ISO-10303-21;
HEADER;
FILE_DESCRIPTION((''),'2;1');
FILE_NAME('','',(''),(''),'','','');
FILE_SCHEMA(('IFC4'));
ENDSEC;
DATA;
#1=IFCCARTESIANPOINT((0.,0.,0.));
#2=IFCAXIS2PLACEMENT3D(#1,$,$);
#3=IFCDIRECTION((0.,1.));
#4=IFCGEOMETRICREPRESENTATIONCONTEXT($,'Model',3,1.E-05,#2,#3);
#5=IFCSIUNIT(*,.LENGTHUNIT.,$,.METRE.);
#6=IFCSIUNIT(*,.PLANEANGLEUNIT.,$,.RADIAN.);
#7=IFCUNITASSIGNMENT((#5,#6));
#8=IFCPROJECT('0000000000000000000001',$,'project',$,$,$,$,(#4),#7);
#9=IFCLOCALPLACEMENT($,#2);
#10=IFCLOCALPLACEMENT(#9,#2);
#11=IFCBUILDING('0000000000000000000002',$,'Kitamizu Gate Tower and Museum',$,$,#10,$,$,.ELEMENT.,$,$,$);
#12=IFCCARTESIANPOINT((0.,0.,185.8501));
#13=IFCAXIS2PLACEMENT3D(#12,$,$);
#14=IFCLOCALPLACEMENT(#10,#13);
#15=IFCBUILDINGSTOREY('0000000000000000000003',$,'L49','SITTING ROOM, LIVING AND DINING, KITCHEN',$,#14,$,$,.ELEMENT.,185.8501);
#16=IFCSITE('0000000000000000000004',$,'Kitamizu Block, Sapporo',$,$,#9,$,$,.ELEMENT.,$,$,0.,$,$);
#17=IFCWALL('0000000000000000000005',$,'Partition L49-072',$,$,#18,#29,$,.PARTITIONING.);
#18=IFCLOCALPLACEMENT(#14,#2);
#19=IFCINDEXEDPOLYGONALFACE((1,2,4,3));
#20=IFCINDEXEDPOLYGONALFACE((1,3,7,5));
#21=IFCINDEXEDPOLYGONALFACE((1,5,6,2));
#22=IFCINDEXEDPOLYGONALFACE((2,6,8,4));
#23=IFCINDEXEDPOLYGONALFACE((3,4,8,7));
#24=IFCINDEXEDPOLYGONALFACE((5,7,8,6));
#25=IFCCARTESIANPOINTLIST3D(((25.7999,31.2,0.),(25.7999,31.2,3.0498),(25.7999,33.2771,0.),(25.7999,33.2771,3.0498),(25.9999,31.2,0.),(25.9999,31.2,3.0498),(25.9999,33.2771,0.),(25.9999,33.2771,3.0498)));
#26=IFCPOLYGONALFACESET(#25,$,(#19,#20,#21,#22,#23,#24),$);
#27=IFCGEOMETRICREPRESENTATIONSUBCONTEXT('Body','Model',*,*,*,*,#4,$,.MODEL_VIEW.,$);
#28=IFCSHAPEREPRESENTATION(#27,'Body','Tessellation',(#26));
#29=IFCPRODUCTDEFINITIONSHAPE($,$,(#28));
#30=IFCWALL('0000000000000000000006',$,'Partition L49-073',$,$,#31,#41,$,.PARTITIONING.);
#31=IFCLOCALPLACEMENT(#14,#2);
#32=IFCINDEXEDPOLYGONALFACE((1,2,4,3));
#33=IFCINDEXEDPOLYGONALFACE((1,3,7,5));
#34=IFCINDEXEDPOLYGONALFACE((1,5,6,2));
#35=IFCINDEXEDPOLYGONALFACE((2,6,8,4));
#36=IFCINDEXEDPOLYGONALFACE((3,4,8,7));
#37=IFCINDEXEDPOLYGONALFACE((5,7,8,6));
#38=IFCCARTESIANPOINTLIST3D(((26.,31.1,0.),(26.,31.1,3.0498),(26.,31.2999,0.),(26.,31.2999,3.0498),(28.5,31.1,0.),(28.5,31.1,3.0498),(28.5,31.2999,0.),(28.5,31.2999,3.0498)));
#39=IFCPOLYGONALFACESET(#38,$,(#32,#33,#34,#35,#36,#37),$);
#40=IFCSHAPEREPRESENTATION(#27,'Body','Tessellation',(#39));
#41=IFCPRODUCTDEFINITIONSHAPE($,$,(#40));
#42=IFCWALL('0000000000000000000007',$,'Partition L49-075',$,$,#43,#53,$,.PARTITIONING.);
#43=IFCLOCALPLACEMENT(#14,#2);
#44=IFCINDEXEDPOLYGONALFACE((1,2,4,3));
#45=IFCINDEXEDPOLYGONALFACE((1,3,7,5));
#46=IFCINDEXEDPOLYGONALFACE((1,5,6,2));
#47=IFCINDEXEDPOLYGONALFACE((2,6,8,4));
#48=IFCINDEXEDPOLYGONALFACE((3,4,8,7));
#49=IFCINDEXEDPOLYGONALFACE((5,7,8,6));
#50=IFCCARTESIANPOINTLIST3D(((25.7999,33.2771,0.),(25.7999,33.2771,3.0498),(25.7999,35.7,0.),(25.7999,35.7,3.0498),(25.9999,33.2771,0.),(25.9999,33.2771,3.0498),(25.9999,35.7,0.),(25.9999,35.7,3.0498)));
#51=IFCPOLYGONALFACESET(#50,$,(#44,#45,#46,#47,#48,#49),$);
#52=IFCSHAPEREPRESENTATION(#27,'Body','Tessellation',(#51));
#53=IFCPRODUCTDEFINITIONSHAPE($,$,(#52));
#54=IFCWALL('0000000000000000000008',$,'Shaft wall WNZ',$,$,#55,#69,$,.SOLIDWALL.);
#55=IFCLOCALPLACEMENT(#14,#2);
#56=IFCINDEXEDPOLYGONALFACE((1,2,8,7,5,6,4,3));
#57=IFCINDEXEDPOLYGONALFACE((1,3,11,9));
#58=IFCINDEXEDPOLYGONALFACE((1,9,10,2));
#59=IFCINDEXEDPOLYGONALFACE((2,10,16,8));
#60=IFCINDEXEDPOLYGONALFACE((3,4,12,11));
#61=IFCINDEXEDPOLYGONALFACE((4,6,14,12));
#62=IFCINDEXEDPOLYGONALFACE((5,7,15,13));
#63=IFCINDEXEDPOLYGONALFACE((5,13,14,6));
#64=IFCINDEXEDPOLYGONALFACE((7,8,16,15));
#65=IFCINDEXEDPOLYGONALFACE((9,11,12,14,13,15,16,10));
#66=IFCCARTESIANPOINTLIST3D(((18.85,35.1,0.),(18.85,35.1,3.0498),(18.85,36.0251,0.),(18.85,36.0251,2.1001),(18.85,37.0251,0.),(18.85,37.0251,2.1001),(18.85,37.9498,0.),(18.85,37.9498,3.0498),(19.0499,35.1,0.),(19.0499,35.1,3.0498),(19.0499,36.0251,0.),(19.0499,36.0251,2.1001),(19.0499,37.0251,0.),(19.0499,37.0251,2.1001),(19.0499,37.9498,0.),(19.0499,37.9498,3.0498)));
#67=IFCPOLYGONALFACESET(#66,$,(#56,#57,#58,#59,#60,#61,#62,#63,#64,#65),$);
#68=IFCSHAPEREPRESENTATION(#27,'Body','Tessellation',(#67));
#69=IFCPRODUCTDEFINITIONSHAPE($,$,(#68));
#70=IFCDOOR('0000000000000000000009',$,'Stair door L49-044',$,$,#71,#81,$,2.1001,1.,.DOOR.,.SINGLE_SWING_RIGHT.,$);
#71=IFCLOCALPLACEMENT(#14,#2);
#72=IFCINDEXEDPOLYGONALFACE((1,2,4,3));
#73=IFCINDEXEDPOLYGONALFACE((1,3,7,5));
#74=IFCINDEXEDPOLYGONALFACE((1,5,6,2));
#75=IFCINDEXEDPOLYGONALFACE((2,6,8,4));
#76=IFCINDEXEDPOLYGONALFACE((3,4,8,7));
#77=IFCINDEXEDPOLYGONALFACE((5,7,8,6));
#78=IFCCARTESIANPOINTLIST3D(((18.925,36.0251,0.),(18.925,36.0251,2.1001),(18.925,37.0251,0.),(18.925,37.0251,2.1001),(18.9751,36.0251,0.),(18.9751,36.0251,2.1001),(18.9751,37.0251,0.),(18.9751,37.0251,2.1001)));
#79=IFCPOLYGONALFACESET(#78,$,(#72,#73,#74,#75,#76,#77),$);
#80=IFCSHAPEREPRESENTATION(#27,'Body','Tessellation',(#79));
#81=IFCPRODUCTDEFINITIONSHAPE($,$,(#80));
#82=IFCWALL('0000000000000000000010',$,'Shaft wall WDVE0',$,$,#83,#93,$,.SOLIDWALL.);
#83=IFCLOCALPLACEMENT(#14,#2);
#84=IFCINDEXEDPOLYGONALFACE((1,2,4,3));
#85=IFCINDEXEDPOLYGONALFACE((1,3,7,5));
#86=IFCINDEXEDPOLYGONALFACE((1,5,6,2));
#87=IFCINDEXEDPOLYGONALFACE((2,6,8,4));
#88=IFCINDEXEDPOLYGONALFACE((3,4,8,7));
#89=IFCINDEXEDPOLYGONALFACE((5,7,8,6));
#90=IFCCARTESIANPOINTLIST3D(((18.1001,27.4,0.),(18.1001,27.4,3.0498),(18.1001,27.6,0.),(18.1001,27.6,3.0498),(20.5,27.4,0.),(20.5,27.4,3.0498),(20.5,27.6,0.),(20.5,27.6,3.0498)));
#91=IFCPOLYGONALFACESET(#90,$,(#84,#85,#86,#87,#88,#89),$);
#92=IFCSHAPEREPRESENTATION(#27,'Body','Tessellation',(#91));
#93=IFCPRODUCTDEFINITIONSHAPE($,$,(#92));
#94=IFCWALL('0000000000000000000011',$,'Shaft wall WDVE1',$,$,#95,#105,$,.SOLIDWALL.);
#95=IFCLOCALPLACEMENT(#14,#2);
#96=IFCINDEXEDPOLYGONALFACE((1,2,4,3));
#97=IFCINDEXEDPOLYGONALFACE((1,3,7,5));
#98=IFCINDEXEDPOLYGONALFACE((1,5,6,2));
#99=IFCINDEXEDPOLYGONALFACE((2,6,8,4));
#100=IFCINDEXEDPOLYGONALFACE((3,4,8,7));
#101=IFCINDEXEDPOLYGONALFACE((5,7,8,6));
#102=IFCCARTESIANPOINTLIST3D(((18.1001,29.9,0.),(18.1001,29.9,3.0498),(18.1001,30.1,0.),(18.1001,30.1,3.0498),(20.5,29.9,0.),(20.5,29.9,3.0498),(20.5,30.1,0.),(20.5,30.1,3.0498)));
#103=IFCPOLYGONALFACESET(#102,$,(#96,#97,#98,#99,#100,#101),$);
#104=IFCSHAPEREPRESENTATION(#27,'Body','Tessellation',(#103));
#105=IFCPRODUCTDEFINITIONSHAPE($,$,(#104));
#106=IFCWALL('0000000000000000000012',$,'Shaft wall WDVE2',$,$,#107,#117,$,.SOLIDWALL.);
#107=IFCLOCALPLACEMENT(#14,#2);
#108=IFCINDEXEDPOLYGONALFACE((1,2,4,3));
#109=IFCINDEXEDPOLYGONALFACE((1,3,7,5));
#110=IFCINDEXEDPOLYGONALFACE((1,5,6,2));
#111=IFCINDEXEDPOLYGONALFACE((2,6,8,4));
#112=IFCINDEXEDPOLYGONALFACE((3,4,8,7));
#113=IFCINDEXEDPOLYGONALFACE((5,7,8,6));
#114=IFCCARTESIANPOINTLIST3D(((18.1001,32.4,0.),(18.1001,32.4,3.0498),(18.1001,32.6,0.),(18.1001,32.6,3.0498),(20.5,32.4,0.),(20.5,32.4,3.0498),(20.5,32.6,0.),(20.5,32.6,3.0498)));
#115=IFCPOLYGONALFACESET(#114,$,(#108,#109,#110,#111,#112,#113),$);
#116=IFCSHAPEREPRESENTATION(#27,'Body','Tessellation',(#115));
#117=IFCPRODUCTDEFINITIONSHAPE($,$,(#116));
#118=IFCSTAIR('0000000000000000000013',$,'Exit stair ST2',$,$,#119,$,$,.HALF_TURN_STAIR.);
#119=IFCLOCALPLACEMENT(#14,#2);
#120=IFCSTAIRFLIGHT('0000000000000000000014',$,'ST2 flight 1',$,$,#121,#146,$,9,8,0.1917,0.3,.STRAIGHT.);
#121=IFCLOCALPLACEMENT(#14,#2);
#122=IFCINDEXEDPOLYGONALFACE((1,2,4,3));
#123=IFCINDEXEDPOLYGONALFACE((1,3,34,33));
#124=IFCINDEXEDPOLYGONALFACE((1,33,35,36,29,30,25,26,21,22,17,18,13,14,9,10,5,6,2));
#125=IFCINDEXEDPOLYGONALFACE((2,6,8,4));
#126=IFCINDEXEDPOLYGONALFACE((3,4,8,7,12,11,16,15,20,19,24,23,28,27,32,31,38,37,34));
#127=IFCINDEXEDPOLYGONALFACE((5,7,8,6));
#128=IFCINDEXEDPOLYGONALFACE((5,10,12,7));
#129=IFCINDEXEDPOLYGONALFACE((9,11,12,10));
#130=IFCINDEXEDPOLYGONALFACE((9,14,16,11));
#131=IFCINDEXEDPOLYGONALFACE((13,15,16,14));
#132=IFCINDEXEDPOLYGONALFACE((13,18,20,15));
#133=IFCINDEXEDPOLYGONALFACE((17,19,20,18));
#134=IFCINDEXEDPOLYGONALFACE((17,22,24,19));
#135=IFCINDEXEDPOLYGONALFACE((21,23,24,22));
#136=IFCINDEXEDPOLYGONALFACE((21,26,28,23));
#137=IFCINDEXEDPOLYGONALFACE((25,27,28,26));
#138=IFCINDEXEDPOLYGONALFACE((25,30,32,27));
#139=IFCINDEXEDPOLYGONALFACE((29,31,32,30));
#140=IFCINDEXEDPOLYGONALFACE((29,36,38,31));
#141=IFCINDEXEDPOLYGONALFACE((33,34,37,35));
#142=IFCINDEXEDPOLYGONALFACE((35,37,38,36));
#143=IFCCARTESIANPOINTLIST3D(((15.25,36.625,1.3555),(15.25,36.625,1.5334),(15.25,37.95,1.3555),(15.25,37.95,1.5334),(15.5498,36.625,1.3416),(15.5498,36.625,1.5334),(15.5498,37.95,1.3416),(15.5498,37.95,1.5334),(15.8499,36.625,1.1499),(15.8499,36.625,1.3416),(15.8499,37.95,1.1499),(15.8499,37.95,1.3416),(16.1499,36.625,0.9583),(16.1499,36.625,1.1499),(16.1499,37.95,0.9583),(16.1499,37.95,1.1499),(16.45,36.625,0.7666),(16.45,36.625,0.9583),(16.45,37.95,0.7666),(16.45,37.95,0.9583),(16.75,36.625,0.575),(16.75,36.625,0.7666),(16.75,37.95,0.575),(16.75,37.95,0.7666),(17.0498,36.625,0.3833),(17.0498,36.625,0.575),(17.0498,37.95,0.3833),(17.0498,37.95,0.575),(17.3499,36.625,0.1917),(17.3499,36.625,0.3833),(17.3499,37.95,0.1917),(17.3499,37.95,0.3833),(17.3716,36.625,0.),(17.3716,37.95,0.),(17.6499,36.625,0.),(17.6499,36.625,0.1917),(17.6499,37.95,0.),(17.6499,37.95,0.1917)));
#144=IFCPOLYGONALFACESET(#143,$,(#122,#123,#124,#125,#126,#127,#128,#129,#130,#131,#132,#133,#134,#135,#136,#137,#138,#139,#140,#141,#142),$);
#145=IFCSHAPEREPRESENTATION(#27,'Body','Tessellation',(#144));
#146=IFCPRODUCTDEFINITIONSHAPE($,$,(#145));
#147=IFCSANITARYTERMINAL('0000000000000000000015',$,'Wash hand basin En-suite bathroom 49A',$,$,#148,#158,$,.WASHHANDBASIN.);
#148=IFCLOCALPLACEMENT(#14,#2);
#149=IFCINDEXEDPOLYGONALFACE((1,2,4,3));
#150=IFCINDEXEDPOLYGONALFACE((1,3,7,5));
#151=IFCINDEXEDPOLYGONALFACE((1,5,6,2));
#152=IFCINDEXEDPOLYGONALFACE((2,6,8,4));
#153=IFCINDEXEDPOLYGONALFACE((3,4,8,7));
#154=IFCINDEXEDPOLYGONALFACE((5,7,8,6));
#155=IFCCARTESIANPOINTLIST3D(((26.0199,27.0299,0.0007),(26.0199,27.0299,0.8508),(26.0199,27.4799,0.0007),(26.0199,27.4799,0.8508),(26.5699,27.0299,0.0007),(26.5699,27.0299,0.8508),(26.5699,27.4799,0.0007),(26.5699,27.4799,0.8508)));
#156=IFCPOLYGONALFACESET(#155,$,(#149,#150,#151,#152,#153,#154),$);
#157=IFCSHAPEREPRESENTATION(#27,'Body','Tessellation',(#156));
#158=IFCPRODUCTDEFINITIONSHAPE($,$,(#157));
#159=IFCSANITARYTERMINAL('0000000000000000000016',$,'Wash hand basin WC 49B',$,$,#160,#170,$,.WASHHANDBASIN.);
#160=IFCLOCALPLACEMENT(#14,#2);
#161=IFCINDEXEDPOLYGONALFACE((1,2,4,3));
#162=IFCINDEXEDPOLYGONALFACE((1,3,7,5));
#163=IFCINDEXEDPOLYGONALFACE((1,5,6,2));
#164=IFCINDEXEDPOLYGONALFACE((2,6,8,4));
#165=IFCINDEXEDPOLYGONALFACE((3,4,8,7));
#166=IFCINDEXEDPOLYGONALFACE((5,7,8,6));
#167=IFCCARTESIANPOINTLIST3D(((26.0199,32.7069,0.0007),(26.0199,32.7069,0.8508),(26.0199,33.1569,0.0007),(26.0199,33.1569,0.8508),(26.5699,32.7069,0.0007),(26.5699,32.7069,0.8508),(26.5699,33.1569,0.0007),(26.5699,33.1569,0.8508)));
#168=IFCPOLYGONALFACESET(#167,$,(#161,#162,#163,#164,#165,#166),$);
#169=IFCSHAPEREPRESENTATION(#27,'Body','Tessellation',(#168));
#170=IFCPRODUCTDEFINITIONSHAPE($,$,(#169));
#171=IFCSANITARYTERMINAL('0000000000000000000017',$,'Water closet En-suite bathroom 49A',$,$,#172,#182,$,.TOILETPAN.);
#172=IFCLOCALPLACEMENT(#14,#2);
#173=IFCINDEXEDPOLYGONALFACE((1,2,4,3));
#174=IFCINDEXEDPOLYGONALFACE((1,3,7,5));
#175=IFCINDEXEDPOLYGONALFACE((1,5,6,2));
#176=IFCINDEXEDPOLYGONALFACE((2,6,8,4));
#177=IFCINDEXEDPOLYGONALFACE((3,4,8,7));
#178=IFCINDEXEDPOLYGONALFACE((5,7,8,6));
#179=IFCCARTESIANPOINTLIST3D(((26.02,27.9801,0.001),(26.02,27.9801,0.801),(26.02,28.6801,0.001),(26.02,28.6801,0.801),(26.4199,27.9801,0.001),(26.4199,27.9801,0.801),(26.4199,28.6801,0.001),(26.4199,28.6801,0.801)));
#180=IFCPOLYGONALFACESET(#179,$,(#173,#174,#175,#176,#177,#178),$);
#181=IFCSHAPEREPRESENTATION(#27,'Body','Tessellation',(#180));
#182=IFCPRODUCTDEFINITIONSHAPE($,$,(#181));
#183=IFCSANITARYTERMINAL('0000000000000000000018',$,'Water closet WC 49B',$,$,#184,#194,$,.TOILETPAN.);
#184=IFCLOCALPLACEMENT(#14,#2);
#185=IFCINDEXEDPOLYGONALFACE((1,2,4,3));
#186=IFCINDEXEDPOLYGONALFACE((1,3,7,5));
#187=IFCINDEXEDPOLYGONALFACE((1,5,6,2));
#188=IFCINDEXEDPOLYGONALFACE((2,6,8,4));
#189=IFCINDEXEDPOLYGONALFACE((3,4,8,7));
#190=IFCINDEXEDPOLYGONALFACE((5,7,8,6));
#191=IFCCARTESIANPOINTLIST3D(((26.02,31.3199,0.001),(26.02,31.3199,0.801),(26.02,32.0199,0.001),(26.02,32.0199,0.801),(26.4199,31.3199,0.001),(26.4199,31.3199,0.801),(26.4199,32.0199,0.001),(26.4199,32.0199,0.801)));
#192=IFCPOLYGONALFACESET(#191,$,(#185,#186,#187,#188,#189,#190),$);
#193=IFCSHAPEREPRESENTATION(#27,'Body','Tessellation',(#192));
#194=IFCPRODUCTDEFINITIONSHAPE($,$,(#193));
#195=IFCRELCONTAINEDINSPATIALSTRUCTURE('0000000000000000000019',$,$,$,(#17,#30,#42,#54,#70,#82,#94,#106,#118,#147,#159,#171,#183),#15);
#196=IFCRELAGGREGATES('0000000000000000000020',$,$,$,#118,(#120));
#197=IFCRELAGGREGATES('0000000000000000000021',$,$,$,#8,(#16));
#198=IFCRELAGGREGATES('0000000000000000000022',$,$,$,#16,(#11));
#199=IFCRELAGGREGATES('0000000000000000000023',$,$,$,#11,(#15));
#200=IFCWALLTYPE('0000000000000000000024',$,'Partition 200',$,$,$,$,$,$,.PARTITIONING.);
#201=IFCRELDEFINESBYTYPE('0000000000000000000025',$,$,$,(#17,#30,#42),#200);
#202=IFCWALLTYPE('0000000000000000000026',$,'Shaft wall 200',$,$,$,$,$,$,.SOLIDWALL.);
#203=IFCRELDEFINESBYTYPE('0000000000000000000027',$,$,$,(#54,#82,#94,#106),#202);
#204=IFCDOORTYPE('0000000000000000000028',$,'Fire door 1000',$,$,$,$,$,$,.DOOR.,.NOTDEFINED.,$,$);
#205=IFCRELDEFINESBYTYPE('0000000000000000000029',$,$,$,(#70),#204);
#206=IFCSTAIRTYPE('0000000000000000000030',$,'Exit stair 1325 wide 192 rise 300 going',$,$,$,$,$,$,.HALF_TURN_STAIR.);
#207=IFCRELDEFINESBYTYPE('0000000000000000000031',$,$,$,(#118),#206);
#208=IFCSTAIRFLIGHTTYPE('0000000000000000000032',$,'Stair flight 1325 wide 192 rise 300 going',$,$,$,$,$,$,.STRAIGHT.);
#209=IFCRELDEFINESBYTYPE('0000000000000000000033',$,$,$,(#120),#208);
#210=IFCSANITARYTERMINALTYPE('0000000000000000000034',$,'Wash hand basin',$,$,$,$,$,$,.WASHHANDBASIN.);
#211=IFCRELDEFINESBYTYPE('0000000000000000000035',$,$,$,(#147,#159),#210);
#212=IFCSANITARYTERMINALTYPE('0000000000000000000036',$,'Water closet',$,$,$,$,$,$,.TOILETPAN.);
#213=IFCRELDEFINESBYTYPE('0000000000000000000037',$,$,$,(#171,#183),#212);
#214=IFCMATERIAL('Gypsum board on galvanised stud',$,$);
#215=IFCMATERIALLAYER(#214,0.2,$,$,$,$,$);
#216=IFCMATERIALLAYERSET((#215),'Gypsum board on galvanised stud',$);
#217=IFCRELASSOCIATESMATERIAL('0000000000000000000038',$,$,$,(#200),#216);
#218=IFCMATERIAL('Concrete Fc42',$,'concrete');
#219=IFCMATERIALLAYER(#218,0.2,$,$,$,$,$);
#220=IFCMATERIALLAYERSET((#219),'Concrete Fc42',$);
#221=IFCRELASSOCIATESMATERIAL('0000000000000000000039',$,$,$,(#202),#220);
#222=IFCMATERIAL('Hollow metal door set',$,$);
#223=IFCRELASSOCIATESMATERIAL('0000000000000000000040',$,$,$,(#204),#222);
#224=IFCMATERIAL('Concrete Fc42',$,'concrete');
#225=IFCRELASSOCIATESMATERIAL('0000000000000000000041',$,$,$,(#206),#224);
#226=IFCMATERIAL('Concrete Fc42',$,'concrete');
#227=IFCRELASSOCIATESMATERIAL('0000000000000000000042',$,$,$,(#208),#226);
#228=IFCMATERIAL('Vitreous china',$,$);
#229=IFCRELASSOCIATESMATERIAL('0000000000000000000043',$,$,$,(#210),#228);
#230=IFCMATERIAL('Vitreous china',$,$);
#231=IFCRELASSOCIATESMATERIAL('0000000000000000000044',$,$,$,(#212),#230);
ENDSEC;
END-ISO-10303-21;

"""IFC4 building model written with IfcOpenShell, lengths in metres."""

from ifc_helpers import new_model, si_unit, direction, frame, frame_2d, origin, origin_2d, place, context, subcontext, project, spatial, polyline, rectangle, outline, extrude, material, layer, layer_set, type_object, element, fill, aggregate, save


model = new_model("IFC4")

# Units and contexts
model_context = context("Model", 3, precision=1e-05, world=origin(), true_north=direction((0.0, 1.0)))
body_context = subcontext(model_context, "Body", "Model", "MODEL_VIEW")
ifc_project = project(units=[si_unit("LENGTHUNIT", "METRE"), si_unit("PLANEANGLEUNIT", "RADIAN")], contexts=[model_context])

# Site, building, storey
site_placement = place(None, origin())
site = spatial("IfcSite", under=ifc_project, at=site_placement, Name="Kitamizu Block, Sapporo", CompositionType="ELEMENT", RefElevation=0.0)
building_placement = place(site_placement, origin())
building = spatial("IfcBuilding", under=site, at=building_placement, Name="Kitamizu Gate Tower and Museum", CompositionType="ELEMENT")
storey_placement = place(building_placement, frame((0.0, 0.0, 185.8501)))
storey = spatial("IfcBuildingStorey", under=building, at=storey_placement, Name="L49", Description="SITTING ROOM, LIVING AND DINING, KITCHEN", CompositionType="ELEMENT", Elevation=185.8501)

# Walls
ifc_material_1 = material(Name="Gypsum board on galvanised stud")
ifc_layer_1 = layer(ifc_material_1, 0.2)
ifc_layer_set_1 = layer_set([ifc_layer_1], Name="Gypsum board on galvanised stud")
wall_type_1 = type_object("IfcWallType", Name="Partition 200", PredefinedType="PARTITIONING", material=ifc_layer_set_1)
wall_1_placement = place(storey_placement, frame((25.8999, 33.2771, 0.0), z_axis=(0.0, 0.0, 1.0), x_axis=(0.0, -1.0, 0.0)))
element("IfcWall", 1, at=wall_1_placement, inside=storey, type_object=wall_type_1, Name="Partition L49-072", PredefinedType="PARTITIONING", context=body_context, shape_type="SweptSolid", body=[
    extrude(rectangle(XDim=2.0771, YDim=0.2, at=frame_2d((1.0386, 0.0))), origin(), (0.0, 0.0, 1.0), 3.0498),
])
wall_2_placement = place(storey_placement, frame((26.0, 31.2, 0.0), z_axis=(0.0, 0.0, 1.0), x_axis=(1.0, 0.0, 0.0)))
element("IfcWall", 2, at=wall_2_placement, inside=storey, type_object=wall_type_1, Name="Partition L49-073", PredefinedType="PARTITIONING", context=body_context, shape_type="SweptSolid", body=[
    extrude(rectangle(XDim=2.5, YDim=0.2, at=frame_2d((1.25, 0.0))), origin(), (0.0, 0.0, 1.0), 3.0498),
])
wall_3_placement = place(storey_placement, frame((25.8999, 35.7, 0.0), z_axis=(0.0, 0.0, 1.0), x_axis=(0.0, -1.0, 0.0)))
element("IfcWall", 3, at=wall_3_placement, inside=storey, type_object=wall_type_1, Name="Partition L49-075", PredefinedType="PARTITIONING", context=body_context, shape_type="SweptSolid", body=[
    extrude(rectangle(XDim=2.4229, YDim=0.2, at=frame_2d((1.2114, 0.0))), origin(), (0.0, 0.0, 1.0), 3.0498),
])

# Wall, opening, door
ifc_material_2 = material(Name="Concrete Fc42", Category="concrete")
ifc_layer_2 = layer(ifc_material_2, 0.2)
ifc_layer_set_2 = layer_set([ifc_layer_2], Name="Concrete Fc42")
wall_type_2 = type_object("IfcWallType", Name="Shaft wall 200", PredefinedType="SOLIDWALL", material=ifc_layer_set_2)
wall_4_placement = place(storey_placement, frame((18.95, 35.1001, 0.0), z_axis=(0.0, 0.0, 1.0), x_axis=(0.0, 1.0, 0.0)))
wall_4 = element("IfcWall", 4, at=wall_4_placement, inside=storey, type_object=wall_type_2, Name="Shaft wall WNZ", PredefinedType="SOLIDWALL", context=body_context, shape_type="SweptSolid", body=[
    extrude(rectangle(XDim=2.8499, YDim=0.2, at=frame_2d((1.4248, 0.0))), origin(), (0.0, 0.0, 1.0), 3.0498),
])
opening_1_placement = place(wall_4_placement, frame((0.925, 0.0, 0.0)))
opening_1 = element("IfcOpeningElement", 5, at=opening_1_placement, cuts=wall_4, PredefinedType="OPENING", context=body_context, shape_type="SweptSolid", body=[
    extrude(rectangle(XDim=1.0, YDim=2.1001, at=frame_2d((0.5, 1.05))), frame((0.0, 0.1099, 0.0), z_axis=(0.0, -1.0, 0.0), x_axis=(1.0, 0.0, 0.0)), (0.0, 0.0, 1.0), 0.22),
])
ifc_material_3 = material(Name="Hollow metal door set")
door_type_1 = type_object("IfcDoorType", Name="Fire door 1000", OperationType="NOTDEFINED", PredefinedType="DOOR", material=ifc_material_3)
door_1_placement = place(opening_1_placement, origin())
door_1 = element("IfcDoor", 6, at=door_1_placement, inside=storey, type_object=door_type_1, Name="Stair door L49-044", OperationType="SINGLE_SWING_RIGHT", OverallHeight=2.1001, OverallWidth=1.0, PredefinedType="DOOR", context=body_context, shape_type="SweptSolid", body=[
    extrude(rectangle(XDim=1.0, YDim=2.1001, at=frame_2d((0.5, 1.05))), frame((0.0, 0.0249, 0.0), z_axis=(0.0, -1.0, 0.0), x_axis=(1.0, 0.0, 0.0)), (0.0, 0.0, 1.0), 0.05),
])
fill(opening_1, door_1)

# Walls
for number, where, z_axis, x_axis, name in (
    (7, (18.1001, 27.5, 0.0), (0.0, 0.0, 1.0), (1.0, 0.0, 0.0), "Shaft wall WDVE0"),
    (8, (18.1001, 30.0, 0.0), (0.0, 0.0, 1.0), (1.0, 0.0, 0.0), "Shaft wall WDVE1"),
    (9, (18.1001, 32.5, 0.0), (0.0, 0.0, 1.0), (1.0, 0.0, 0.0), "Shaft wall WDVE2"),
):
    element("IfcWall", number, at=place(storey_placement, frame(where, z_axis=z_axis, x_axis=x_axis)), inside=storey, type_object=wall_type_2, Name=name, PredefinedType="SOLIDWALL", context=body_context, shape_type="SweptSolid", body=[
        extrude(rectangle(XDim=2.3999, YDim=0.2, at=frame_2d((1.2, 0.0))), origin(), (0.0, 0.0, 1.0), 3.0498),
    ])

# Stair, stair flight
ifc_material_4 = material(Name="Concrete Fc42", Category="concrete")
stair_type = type_object("IfcStairType", Name="Exit stair 1325 wide 192 rise 300 going", PredefinedType="HALF_TURN_STAIR", material=ifc_material_4)
stair_placement = place(storey_placement, origin())
stair = element("IfcStair", 10, at=stair_placement, inside=storey, type_object=stair_type, Name="Exit stair ST2", PredefinedType="HALF_TURN_STAIR")
ifc_material_5 = material(Name="Concrete Fc42", Category="concrete")
stair_flight_type = type_object("IfcStairFlightType", Name="Stair flight 1325 wide 192 rise 300 going", PredefinedType="STRAIGHT", material=ifc_material_5)
stair_flight_placement = place(storey_placement, frame((17.6499, 37.2876, 0.0), z_axis=(0.0, 0.0, 1.0), x_axis=(-1.0, 0.0, 0.0)))
stair_flight = element("IfcStairFlight", 11, at=stair_flight_placement, type_object=stair_flight_type, Name="ST2 flight 1", NumberOfRisers=9, NumberOfTreads=8, PredefinedType="STRAIGHT", RiserHeight=0.1917, TreadLength=0.3, context=body_context, shape_type="SweptSolid", body=[
    extrude(outline(polyline([(0.0, 0.0), (0.0, 0.1917), (0.3, 0.1917), (0.3, 0.3833), (0.6001, 0.3833), (0.6001, 0.575), (0.8999, 0.575), (0.8999, 0.7666), (1.2, 0.7666), (1.2, 0.9583), (1.5, 0.9583), (1.5, 1.1499), (1.8, 1.1499), (1.8, 1.3416), (2.1001, 1.3416), (2.1001, 1.5334), (2.3999, 1.5334), (2.3999, 1.7251), (2.3999, 1.3555), (0.2783, 0.0), (0.0, 0.0)])), frame((0.0, 0.6626, 0.0), z_axis=(0.0, -1.0, 0.0), x_axis=(1.0, 0.0, 0.0)), (0.0, 0.0, 1.0), 1.325),
])
aggregate(stair, [stair_flight])

# Sanitary terminals
ifc_material_6 = material(Name="Vitreous china")
sanitary_terminal_type_1 = type_object("IfcSanitaryTerminalType", Name="Wash hand basin", PredefinedType="WASHHANDBASIN", material=ifc_material_6)
for number, where, z_axis, x_axis, name in (
    (12, (26.2949, 27.2549, 0.0007), (0.0, 0.0, 1.0), (1.0, 0.0, 0.0), "Wash hand basin En-suite bathroom 49A"),
    (13, (26.2949, 32.9319, 0.0007), (0.0, 0.0, 1.0), (1.0, 0.0, 0.0), "Wash hand basin WC 49B"),
):
    element("IfcSanitaryTerminal", number, at=place(storey_placement, frame(where, z_axis=z_axis, x_axis=x_axis)), inside=storey, type_object=sanitary_terminal_type_1, Name=name, PredefinedType="WASHHANDBASIN", context=body_context, shape_type="SweptSolid", body=[
        extrude(rectangle(XDim=0.55, YDim=0.45, at=origin_2d()), origin(), (0.0, 0.0, 1.0), 0.8501),
    ])
ifc_material_7 = material(Name="Vitreous china")
sanitary_terminal_type_2 = type_object("IfcSanitaryTerminalType", Name="Water closet", PredefinedType="TOILETPAN", material=ifc_material_7)
for number, where, z_axis, x_axis, name in (
    (14, (26.22, 28.3301, 0.001), (0.0, 0.0, 1.0), (1.0, 0.0, 0.0), "Water closet En-suite bathroom 49A"),
    (15, (26.22, 31.6699, 0.001), (0.0, 0.0, 1.0), (1.0, 0.0, 0.0), "Water closet WC 49B"),
):
    element("IfcSanitaryTerminal", number, at=place(storey_placement, frame(where, z_axis=z_axis, x_axis=x_axis)), inside=storey, type_object=sanitary_terminal_type_2, Name=name, PredefinedType="TOILETPAN", context=body_context, shape_type="SweptSolid", body=[
        extrude(rectangle(XDim=0.3999, YDim=0.7, at=origin_2d()), origin(), (0.0, 0.0, 1.0), 0.8),
    ])

save(model, "model.ifc")
